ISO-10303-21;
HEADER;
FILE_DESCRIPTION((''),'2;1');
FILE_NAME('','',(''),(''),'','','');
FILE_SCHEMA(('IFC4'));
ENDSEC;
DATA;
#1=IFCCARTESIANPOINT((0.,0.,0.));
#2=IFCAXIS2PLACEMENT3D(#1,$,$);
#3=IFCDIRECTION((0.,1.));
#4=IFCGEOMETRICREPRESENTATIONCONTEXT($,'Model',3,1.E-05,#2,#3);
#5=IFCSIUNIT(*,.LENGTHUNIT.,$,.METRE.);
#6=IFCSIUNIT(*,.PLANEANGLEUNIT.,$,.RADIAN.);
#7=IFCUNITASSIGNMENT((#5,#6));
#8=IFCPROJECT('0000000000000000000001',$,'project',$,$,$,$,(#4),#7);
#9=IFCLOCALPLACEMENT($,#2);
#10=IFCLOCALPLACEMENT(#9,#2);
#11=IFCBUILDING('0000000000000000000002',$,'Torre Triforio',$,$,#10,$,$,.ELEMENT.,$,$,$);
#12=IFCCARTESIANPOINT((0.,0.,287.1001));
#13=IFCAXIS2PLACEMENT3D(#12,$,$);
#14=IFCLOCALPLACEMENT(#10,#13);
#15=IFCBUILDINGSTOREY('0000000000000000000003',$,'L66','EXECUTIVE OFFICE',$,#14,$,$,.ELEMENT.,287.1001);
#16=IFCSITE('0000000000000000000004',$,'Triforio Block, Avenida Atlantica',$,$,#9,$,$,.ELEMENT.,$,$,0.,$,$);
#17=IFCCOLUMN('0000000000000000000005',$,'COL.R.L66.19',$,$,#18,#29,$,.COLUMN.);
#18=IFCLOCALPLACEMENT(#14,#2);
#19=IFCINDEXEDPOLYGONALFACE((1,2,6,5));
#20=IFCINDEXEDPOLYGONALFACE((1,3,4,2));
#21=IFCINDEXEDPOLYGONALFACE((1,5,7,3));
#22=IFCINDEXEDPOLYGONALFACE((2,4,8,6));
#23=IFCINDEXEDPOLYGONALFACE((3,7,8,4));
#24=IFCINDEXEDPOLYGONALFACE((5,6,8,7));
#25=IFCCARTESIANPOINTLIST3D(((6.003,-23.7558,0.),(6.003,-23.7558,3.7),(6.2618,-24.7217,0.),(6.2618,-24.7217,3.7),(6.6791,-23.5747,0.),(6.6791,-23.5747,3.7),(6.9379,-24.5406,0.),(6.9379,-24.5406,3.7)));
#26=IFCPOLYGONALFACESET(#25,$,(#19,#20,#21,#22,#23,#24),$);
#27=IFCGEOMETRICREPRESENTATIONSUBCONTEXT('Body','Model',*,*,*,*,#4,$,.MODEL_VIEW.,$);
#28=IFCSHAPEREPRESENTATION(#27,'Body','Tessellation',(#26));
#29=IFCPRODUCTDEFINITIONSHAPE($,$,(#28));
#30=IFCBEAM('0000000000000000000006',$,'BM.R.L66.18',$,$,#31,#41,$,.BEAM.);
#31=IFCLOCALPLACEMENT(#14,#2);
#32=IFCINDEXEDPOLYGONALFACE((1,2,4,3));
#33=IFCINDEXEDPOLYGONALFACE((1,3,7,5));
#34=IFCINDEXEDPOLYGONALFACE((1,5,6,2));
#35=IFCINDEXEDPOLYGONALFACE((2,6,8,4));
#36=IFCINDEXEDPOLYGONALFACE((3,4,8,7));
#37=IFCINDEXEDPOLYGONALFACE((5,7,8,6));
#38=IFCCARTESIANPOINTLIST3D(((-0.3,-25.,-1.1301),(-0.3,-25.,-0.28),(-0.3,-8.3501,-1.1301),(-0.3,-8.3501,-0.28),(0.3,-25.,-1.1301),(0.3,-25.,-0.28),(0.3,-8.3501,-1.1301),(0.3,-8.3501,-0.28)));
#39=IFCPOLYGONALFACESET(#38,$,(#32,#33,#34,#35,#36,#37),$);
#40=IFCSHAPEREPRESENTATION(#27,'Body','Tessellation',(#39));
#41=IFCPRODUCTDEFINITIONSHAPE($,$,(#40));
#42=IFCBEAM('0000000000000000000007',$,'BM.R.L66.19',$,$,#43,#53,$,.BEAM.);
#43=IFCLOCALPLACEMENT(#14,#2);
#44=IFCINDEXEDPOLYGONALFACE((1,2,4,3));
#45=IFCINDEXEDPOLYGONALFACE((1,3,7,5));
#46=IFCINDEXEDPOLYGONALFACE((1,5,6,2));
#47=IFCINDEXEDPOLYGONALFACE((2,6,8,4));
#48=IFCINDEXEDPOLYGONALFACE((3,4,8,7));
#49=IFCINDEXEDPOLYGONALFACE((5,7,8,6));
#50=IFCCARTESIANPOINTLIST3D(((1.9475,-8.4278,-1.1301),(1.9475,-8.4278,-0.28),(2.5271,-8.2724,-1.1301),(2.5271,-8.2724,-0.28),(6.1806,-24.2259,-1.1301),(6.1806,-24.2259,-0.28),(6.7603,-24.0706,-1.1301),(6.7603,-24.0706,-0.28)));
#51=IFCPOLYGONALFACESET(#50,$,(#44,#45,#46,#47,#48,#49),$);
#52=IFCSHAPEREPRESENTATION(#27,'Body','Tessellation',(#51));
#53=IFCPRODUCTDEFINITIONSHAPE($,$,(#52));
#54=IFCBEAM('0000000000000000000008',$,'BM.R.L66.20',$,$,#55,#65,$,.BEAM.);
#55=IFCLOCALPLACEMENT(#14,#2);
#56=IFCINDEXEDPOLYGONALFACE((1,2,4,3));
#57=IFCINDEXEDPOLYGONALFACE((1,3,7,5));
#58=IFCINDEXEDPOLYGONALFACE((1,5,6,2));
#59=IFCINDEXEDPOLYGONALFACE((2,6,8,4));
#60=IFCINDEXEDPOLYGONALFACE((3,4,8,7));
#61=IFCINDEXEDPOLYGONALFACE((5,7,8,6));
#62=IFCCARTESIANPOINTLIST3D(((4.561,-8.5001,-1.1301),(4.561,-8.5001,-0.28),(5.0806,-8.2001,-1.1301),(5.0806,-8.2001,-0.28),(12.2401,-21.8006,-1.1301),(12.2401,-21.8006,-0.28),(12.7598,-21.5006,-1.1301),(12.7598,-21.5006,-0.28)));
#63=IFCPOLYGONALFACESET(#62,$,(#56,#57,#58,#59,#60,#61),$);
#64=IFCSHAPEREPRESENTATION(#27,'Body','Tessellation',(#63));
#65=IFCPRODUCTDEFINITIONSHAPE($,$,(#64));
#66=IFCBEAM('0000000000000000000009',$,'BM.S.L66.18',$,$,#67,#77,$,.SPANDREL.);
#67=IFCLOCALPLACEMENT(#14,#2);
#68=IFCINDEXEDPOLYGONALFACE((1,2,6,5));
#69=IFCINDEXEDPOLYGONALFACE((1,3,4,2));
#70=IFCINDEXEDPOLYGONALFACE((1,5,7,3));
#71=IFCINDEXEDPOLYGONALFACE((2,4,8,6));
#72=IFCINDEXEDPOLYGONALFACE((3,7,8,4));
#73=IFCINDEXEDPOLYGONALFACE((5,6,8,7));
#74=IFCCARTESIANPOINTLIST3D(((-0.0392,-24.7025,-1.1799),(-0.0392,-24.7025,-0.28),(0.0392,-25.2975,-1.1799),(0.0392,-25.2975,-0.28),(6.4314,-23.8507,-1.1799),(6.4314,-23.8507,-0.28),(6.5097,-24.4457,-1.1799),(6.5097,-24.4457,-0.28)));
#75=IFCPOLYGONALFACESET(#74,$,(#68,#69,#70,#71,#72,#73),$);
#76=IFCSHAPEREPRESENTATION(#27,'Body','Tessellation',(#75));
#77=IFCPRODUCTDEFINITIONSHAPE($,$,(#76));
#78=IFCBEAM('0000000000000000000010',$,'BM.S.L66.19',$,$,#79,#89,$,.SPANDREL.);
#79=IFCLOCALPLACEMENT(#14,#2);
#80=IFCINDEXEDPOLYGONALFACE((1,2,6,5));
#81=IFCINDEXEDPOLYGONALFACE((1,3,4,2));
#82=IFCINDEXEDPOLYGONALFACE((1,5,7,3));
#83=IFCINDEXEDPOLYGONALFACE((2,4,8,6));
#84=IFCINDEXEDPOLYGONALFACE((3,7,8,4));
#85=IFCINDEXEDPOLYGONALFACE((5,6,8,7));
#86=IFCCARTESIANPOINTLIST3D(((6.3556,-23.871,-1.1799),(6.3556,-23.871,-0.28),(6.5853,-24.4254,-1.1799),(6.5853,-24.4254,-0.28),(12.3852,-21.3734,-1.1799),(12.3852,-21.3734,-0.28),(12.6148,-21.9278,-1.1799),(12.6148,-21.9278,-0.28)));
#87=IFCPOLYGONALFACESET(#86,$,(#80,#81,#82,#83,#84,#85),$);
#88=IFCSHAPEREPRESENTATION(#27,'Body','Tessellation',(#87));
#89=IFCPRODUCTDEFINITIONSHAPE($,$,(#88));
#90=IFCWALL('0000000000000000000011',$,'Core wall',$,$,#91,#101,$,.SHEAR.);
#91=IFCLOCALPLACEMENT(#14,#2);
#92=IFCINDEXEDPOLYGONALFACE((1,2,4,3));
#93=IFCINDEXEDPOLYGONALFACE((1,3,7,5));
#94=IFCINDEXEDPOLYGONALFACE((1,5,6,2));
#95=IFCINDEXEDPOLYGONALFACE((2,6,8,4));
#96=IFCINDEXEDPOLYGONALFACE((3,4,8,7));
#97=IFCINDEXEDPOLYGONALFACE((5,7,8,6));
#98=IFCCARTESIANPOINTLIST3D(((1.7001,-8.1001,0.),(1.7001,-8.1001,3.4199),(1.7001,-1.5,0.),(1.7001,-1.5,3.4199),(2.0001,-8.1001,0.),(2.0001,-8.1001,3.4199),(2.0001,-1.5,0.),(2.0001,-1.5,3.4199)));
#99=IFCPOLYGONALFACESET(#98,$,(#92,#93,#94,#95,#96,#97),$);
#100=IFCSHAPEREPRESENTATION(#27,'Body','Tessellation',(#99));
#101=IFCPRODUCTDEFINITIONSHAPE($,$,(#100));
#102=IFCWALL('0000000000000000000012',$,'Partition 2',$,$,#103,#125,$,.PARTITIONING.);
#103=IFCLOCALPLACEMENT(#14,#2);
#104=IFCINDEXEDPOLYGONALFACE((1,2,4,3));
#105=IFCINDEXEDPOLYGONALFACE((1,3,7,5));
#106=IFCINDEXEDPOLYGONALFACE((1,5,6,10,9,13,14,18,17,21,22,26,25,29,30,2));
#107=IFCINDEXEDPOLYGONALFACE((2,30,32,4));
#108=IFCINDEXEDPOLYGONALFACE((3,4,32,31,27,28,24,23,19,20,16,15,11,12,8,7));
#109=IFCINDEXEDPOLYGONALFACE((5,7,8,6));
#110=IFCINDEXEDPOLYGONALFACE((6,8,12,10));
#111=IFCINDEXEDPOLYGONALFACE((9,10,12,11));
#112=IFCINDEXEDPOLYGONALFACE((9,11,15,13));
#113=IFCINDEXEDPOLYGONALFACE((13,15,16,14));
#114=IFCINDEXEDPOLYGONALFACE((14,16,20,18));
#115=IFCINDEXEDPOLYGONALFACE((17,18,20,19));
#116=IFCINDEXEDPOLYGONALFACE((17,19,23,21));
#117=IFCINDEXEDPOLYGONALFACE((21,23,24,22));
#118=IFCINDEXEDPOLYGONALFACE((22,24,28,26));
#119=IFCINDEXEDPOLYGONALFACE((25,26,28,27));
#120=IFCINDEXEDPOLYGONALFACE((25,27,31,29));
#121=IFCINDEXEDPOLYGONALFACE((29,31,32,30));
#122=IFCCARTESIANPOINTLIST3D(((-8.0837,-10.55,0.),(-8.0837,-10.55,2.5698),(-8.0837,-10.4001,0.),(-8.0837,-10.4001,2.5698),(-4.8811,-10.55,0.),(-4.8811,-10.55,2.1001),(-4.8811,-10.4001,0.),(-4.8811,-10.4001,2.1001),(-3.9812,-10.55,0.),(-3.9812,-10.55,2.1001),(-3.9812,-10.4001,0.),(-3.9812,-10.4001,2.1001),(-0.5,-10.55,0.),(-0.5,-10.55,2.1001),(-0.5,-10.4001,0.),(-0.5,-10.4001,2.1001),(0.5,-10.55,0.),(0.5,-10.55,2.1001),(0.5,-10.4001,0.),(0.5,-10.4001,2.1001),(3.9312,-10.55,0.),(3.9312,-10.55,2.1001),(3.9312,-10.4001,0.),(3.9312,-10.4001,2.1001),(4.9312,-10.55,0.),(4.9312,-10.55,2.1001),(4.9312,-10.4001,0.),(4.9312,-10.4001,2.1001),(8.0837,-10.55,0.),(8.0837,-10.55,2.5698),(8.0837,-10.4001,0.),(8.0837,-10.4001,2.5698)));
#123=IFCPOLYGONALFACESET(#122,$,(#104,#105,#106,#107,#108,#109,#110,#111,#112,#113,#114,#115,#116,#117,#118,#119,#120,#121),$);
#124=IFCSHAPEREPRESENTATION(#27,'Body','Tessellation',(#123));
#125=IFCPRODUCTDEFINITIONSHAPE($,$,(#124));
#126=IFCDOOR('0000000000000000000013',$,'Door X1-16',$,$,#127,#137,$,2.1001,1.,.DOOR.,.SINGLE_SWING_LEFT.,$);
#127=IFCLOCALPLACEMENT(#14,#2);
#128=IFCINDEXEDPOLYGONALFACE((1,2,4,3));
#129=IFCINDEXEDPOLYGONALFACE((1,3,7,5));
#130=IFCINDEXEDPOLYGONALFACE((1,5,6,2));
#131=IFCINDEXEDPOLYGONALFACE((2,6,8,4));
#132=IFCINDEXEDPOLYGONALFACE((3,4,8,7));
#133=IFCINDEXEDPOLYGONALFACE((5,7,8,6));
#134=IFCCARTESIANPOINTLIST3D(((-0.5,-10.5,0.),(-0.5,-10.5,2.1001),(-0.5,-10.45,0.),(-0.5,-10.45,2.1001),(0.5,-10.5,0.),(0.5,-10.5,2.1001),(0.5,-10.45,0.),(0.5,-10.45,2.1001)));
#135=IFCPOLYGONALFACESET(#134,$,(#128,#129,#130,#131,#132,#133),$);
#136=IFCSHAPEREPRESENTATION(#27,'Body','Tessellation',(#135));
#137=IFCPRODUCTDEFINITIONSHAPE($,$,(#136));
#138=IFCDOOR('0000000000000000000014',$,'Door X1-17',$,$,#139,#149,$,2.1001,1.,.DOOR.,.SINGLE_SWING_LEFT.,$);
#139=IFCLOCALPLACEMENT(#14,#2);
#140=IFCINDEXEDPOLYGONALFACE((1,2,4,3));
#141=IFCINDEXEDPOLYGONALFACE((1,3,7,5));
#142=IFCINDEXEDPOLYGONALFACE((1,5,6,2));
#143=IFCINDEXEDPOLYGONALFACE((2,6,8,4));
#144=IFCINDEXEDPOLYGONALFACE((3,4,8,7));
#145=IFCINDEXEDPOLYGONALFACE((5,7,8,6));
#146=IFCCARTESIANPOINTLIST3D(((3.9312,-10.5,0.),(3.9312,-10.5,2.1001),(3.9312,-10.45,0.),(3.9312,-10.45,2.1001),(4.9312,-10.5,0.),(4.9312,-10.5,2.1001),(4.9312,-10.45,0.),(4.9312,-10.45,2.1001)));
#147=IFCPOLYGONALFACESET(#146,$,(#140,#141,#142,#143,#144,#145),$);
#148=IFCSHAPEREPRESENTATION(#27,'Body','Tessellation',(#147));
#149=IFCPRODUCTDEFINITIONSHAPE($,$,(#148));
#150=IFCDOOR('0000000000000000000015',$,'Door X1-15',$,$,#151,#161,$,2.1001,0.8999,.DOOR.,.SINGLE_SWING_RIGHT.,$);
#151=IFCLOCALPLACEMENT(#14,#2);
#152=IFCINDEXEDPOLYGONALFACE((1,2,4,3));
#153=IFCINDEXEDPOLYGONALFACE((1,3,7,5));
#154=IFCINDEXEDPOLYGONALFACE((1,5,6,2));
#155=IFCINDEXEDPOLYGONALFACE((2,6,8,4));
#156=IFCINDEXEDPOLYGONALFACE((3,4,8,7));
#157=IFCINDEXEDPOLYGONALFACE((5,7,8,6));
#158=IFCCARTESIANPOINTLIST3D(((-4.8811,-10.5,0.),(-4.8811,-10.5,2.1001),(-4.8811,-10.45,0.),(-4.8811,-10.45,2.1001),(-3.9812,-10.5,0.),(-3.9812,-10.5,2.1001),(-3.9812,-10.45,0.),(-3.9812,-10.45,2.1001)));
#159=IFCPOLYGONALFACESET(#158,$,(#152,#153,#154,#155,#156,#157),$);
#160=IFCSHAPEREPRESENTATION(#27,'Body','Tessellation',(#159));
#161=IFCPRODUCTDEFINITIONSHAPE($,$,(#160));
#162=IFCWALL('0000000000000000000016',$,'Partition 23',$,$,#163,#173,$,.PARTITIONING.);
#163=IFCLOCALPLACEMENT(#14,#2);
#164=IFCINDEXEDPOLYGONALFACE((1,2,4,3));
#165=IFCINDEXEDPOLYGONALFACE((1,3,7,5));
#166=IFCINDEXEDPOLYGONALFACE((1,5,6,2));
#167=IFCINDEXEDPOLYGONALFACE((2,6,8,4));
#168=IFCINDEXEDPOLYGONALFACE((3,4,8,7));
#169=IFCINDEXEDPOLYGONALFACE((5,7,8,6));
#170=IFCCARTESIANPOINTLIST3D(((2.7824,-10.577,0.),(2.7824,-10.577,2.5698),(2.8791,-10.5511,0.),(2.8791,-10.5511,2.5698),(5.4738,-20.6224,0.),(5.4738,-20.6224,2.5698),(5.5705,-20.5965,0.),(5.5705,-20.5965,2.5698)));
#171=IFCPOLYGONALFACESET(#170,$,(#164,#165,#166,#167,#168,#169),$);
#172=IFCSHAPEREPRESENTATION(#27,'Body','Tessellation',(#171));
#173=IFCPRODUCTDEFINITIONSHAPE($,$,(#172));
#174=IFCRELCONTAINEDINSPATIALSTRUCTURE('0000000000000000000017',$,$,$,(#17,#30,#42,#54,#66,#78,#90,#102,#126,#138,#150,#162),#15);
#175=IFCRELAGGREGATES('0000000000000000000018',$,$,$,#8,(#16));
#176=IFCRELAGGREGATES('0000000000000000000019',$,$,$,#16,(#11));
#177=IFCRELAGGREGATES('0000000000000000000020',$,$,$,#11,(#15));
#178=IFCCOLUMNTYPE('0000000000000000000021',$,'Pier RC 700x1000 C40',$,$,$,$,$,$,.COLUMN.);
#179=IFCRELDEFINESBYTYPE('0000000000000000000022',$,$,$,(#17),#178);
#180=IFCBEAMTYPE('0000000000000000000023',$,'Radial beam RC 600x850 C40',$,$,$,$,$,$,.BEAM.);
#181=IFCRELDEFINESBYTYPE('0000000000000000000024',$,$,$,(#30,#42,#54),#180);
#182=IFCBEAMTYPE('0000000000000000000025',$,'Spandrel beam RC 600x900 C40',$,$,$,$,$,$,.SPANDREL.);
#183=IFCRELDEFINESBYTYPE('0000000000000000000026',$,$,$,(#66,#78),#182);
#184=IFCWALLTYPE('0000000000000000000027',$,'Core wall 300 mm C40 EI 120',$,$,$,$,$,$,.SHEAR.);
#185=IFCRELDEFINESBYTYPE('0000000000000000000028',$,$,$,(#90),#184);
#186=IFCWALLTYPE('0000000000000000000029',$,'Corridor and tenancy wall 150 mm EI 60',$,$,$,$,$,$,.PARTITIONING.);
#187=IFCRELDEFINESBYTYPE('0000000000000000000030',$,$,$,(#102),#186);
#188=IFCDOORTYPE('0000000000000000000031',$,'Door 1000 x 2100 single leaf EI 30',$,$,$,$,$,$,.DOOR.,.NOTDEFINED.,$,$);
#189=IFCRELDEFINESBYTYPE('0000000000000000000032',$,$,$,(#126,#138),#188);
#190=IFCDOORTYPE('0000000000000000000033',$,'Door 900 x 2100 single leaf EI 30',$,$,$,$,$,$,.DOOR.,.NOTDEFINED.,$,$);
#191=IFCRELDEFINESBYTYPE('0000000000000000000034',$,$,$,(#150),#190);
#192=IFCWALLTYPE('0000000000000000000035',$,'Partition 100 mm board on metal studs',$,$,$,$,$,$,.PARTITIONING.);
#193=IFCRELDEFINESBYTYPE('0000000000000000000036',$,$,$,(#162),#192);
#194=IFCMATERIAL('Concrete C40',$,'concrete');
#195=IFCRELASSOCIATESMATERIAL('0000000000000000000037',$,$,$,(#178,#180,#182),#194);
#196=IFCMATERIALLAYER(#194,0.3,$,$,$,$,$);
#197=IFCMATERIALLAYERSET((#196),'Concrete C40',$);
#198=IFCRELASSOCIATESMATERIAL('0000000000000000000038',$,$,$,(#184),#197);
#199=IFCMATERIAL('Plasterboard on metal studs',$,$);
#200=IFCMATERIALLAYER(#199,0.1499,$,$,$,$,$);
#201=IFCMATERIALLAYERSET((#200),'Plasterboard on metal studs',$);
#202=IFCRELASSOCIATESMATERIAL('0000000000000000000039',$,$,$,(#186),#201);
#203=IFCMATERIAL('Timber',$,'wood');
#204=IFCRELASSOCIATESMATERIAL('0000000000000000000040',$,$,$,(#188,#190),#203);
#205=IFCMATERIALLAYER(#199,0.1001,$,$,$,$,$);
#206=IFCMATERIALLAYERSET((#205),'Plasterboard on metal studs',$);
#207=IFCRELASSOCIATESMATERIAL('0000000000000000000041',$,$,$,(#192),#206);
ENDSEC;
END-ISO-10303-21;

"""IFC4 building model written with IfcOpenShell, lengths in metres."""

from ifc_helpers import new_model, si_unit, direction, frame, frame_2d, origin, origin_2d, place, context, subcontext, project, spatial, rectangle, extrude, material, layer, layer_set, material_profile, profile_set, type_object, element, fill, save


model = new_model("IFC4")

# Units and contexts
model_context = context("Model", 3, precision=1e-05, world=origin(), true_north=direction((0.0, 1.0)))
body_context = subcontext(model_context, "Body", "Model", "MODEL_VIEW")
ifc_project = project(units=[si_unit("LENGTHUNIT", "METRE"), si_unit("PLANEANGLEUNIT", "RADIAN")], contexts=[model_context])

# Site, building, storey
site_placement = place(None, origin())
site = spatial("IfcSite", under=ifc_project, at=site_placement, Name="Triforio Block, Avenida Atlantica", CompositionType="ELEMENT", RefElevation=0.0)
building_placement = place(site_placement, origin())
building = spatial("IfcBuilding", under=site, at=building_placement, Name="Torre Triforio", CompositionType="ELEMENT")
storey_placement = place(building_placement, frame((0.0, 0.0, 287.1001)))
storey = spatial("IfcBuildingStorey", under=building, at=storey_placement, Name="L66", Description="EXECUTIVE OFFICE", CompositionType="ELEMENT", Elevation=287.1001)

# Column
ifc_material_1 = material(Name="Concrete C40", Category="concrete")
ifc_material_profile_1 = material_profile(ifc_material_1, rectangle(XDim=0.7, YDim=1.0, at=origin_2d()), Name="RC 700x1000")
ifc_profile_set_1 = profile_set([ifc_material_profile_1], Name="Concrete C40")
column_type = type_object("IfcColumnType", Name="Pier RC 700x1000 C40", PredefinedType="COLUMN", material=ifc_profile_set_1)
column_placement = place(storey_placement, frame((6.4705, -24.1482, 0.0), z_axis=(0.0, 0.0, 1.0), x_axis=(0.965926, 0.258819, 0.0)))
element("IfcColumn", 1, at=column_placement, inside=storey, type_object=column_type, Name="COL.R.L66.19", PredefinedType="COLUMN", context=body_context, shape_type="SweptSolid", body=[
    extrude(rectangle(XDim=0.7, YDim=1.0, at=origin_2d()), origin(), (0.0, 0.0, 1.0), 3.7),
])

# Beams
ifc_material_profile_2 = material_profile(ifc_material_1, rectangle(XDim=0.6001, YDim=0.8501, at=origin_2d()), Name="RC 600x850")
ifc_profile_set_2 = profile_set([ifc_material_profile_2], Name="Concrete C40")
beam_type_1 = type_object("IfcBeamType", Name="Radial beam RC 600x850 C40", PredefinedType="BEAM", material=ifc_profile_set_2)
beam_1_placement = place(storey_placement, frame((0.0, -8.3501, -0.7051), z_axis=(0.0, -1.0, 0.0), x_axis=(1.0, 0.0, 0.0)))
element("IfcBeam", 2, at=beam_1_placement, inside=storey, type_object=beam_type_1, Name="BM.R.L66.18", PredefinedType="BEAM", context=body_context, shape_type="SweptSolid", body=[
    extrude(rectangle(XDim=0.6001, YDim=0.8501, at=origin_2d()), origin(), (0.0, 0.0, 1.0), 16.6499),
])
beam_2_placement = place(storey_placement, frame((2.2373, -8.3501, -0.7051), z_axis=(0.258823, -0.965925, 0.0), x_axis=(0.965925, 0.258823, 0.0)))
element("IfcBeam", 3, at=beam_2_placement, inside=storey, type_object=beam_type_1, Name="BM.R.L66.19", PredefinedType="BEAM", context=body_context, shape_type="SweptSolid", body=[
    extrude(rectangle(XDim=0.6001, YDim=0.8501, at=origin_2d()), origin(), (0.0, 0.0, 1.0), 16.3555),
])
beam_3_placement = place(storey_placement, frame((4.8208, -8.3501, -0.7051), z_axis=(0.500006, -0.866022, 0.0), x_axis=(0.866022, 0.500006, 0.0)))
element("IfcBeam", 4, at=beam_3_placement, inside=storey, type_object=beam_type_1, Name="BM.R.L66.20", PredefinedType="BEAM", context=body_context, shape_type="SweptSolid", body=[
    extrude(rectangle(XDim=0.6001, YDim=0.8501, at=origin_2d()), origin(), (0.0, 0.0, 1.0), 15.3582),
])
ifc_material_profile_3 = material_profile(ifc_material_1, rectangle(XDim=0.6001, YDim=0.8999, at=origin_2d()), Name="RC 600x900")
ifc_profile_set_3 = profile_set([ifc_material_profile_3], Name="Concrete C40")
beam_type_2 = type_object("IfcBeamType", Name="Spandrel beam RC 600x900 C40", PredefinedType="SPANDREL", material=ifc_profile_set_3)
for number, where, z_axis, x_axis, name in (
    (5, (0.0, -25.0, -0.73), (0.991446, 0.130519, 0.0), (-0.130519, 0.991446, 0.0), "BM.S.L66.18"),
    (6, (6.4705, -24.1482, -0.73), (0.923877, 0.382689, 0.0), (-0.382689, 0.923877, 0.0), "BM.S.L66.19"),
):
    element("IfcBeam", number, at=place(storey_placement, frame(where, z_axis=z_axis, x_axis=x_axis)), inside=storey, type_object=beam_type_2, Name=name, PredefinedType="SPANDREL", context=body_context, shape_type="SweptSolid", body=[
        extrude(rectangle(XDim=0.6001, YDim=0.8999, at=origin_2d()), origin(), (0.0, 0.0, 1.0), 6.5264),
    ])

# Wall
ifc_layer_1 = layer(ifc_material_1, 0.3)
ifc_layer_set_1 = layer_set([ifc_layer_1], Name="Concrete C40")
wall_type_1 = type_object("IfcWallType", Name="Core wall 300 mm C40 EI 120", PredefinedType="SHEAR", material=ifc_layer_set_1)
wall_1_placement = place(storey_placement, frame((1.8501, -8.1001, 0.0), z_axis=(0.0, 0.0, 1.0), x_axis=(0.0, 1.0, 0.0)))
element("IfcWall", 7, at=wall_1_placement, inside=storey, type_object=wall_type_1, Name="Core wall", PredefinedType="SHEAR", context=body_context, shape_type="SweptSolid", body=[
    extrude(rectangle(XDim=6.6001, YDim=0.3, at=frame_2d((3.3, 0.0))), origin(), (0.0, 0.0, 1.0), 3.4199),
])

# Wall, openings, doors
ifc_material_2 = material(Name="Plasterboard on metal studs")
ifc_layer_2 = layer(ifc_material_2, 0.1499)
ifc_layer_set_2 = layer_set([ifc_layer_2], Name="Plasterboard on metal studs")
wall_type_2 = type_object("IfcWallType", Name="Corridor and tenancy wall 150 mm EI 60", PredefinedType="PARTITIONING", material=ifc_layer_set_2)
wall_2_placement = place(storey_placement, frame((8.0837, -10.4751, 0.0), z_axis=(0.0, 0.0, 1.0), x_axis=(-1.0, 0.0, 0.0)))
wall_2 = element("IfcWall", 8, at=wall_2_placement, inside=storey, type_object=wall_type_2, Name="Partition 2", PredefinedType="PARTITIONING", context=body_context, shape_type="SweptSolid", body=[
    extrude(rectangle(XDim=16.1675, YDim=0.1499, at=frame_2d((8.0837, 0.0))), origin(), (0.0, 0.0, 1.0), 2.5698),
])
opening_1_placement = place(wall_2_placement, frame((12.0649, 0.0, 0.0)))
opening_1 = element("IfcOpeningElement", 9, at=opening_1_placement, cuts=wall_2, PredefinedType="OPENING", context=body_context, shape_type="SweptSolid", body=[
    extrude(rectangle(XDim=0.8999, YDim=2.1001, at=frame_2d((0.45, 1.05))), frame((0.0, 0.085, 0.0), z_axis=(0.0, -1.0, 0.0), x_axis=(1.0, 0.0, 0.0)), (0.0, 0.0, 1.0), 0.1699),
])
opening_2_placement = place(wall_2_placement, frame((7.5837, 0.0, 0.0)))
opening_2 = element("IfcOpeningElement", 10, at=opening_2_placement, cuts=wall_2, PredefinedType="OPENING", context=body_context, shape_type="SweptSolid", body=[
    extrude(rectangle(XDim=1.0, YDim=2.1001, at=frame_2d((0.5, 1.05))), frame((0.0, 0.085, 0.0), z_axis=(0.0, -1.0, 0.0), x_axis=(1.0, 0.0, 0.0)), (0.0, 0.0, 1.0), 0.1699),
])
opening_3_placement = place(wall_2_placement, frame((3.1526, 0.0, 0.0)))
opening_3 = element("IfcOpeningElement", 11, at=opening_3_placement, cuts=wall_2, PredefinedType="OPENING", context=body_context, shape_type="SweptSolid", body=[
    extrude(rectangle(XDim=1.0, YDim=2.1001, at=frame_2d((0.5, 1.05))), frame((0.0, 0.085, 0.0), z_axis=(0.0, -1.0, 0.0), x_axis=(1.0, 0.0, 0.0)), (0.0, 0.0, 1.0), 0.1699),
])
ifc_material_3 = material(Name="Timber", Category="wood")
door_type_1 = type_object("IfcDoorType", Name="Door 1000 x 2100 single leaf EI 30", OperationType="NOTDEFINED", PredefinedType="DOOR", material=ifc_material_3)
door_1_placement = place(opening_2_placement, origin())
door_1 = element("IfcDoor", 12, at=door_1_placement, inside=storey, type_object=door_type_1, Name="Door X1-16", OperationType="SINGLE_SWING_LEFT", OverallHeight=2.1001, OverallWidth=1.0, PredefinedType="DOOR", context=body_context, shape_type="SweptSolid", body=[
    extrude(rectangle(XDim=1.0, YDim=2.1001, at=frame_2d((0.5, 1.05))), frame((0.0, 0.0249, 0.0), z_axis=(0.0, -1.0, 0.0), x_axis=(1.0, 0.0, 0.0)), (0.0, 0.0, 1.0), 0.05),
])
fill(opening_2, door_1)
door_2_placement = place(opening_3_placement, origin())
door_2 = element("IfcDoor", 13, at=door_2_placement, inside=storey, type_object=door_type_1, Name="Door X1-17", OperationType="SINGLE_SWING_LEFT", OverallHeight=2.1001, OverallWidth=1.0, PredefinedType="DOOR", context=body_context, shape_type="SweptSolid", body=[
    extrude(rectangle(XDim=1.0, YDim=2.1001, at=frame_2d((0.5, 1.05))), frame((0.0, 0.0249, 0.0), z_axis=(0.0, -1.0, 0.0), x_axis=(1.0, 0.0, 0.0)), (0.0, 0.0, 1.0), 0.05),
])
fill(opening_3, door_2)
door_type_2 = type_object("IfcDoorType", Name="Door 900 x 2100 single leaf EI 30", OperationType="NOTDEFINED", PredefinedType="DOOR", material=ifc_material_3)
door_3_placement = place(opening_1_placement, origin())
door_3 = element("IfcDoor", 14, at=door_3_placement, inside=storey, type_object=door_type_2, Name="Door X1-15", OperationType="SINGLE_SWING_RIGHT", OverallHeight=2.1001, OverallWidth=0.8999, PredefinedType="DOOR", context=body_context, shape_type="SweptSolid", body=[
    extrude(rectangle(XDim=0.8999, YDim=2.1001, at=frame_2d((0.45, 1.05))), frame((0.0, 0.0249, 0.0), z_axis=(0.0, -1.0, 0.0), x_axis=(1.0, 0.0, 0.0)), (0.0, 0.0, 1.0), 0.05),
])
fill(opening_1, door_3)

# Wall
ifc_layer_3 = layer(ifc_material_2, 0.1001)
ifc_layer_set_3 = layer_set([ifc_layer_3], Name="Plasterboard on metal studs")
wall_type_3 = type_object("IfcWallType", Name="Partition 100 mm board on metal studs", PredefinedType="PARTITIONING", material=ifc_layer_set_3)
wall_3_placement = place(storey_placement, frame((2.8308, -10.5642, 0.0), z_axis=(0.0, 0.0, 1.0), x_axis=(0.258796, -0.965932, 0.0)))
element("IfcWall", 15, at=wall_3_placement, inside=storey, type_object=wall_type_3, Name="Partition 23", PredefinedType="PARTITIONING", context=body_context, shape_type="SweptSolid", body=[
    extrude(rectangle(XDim=10.3997, YDim=0.1001, at=frame_2d((5.1997, 0.0))), origin(), (0.0, 0.0, 1.0), 2.5698),
])

save(model, "model.ifc")
